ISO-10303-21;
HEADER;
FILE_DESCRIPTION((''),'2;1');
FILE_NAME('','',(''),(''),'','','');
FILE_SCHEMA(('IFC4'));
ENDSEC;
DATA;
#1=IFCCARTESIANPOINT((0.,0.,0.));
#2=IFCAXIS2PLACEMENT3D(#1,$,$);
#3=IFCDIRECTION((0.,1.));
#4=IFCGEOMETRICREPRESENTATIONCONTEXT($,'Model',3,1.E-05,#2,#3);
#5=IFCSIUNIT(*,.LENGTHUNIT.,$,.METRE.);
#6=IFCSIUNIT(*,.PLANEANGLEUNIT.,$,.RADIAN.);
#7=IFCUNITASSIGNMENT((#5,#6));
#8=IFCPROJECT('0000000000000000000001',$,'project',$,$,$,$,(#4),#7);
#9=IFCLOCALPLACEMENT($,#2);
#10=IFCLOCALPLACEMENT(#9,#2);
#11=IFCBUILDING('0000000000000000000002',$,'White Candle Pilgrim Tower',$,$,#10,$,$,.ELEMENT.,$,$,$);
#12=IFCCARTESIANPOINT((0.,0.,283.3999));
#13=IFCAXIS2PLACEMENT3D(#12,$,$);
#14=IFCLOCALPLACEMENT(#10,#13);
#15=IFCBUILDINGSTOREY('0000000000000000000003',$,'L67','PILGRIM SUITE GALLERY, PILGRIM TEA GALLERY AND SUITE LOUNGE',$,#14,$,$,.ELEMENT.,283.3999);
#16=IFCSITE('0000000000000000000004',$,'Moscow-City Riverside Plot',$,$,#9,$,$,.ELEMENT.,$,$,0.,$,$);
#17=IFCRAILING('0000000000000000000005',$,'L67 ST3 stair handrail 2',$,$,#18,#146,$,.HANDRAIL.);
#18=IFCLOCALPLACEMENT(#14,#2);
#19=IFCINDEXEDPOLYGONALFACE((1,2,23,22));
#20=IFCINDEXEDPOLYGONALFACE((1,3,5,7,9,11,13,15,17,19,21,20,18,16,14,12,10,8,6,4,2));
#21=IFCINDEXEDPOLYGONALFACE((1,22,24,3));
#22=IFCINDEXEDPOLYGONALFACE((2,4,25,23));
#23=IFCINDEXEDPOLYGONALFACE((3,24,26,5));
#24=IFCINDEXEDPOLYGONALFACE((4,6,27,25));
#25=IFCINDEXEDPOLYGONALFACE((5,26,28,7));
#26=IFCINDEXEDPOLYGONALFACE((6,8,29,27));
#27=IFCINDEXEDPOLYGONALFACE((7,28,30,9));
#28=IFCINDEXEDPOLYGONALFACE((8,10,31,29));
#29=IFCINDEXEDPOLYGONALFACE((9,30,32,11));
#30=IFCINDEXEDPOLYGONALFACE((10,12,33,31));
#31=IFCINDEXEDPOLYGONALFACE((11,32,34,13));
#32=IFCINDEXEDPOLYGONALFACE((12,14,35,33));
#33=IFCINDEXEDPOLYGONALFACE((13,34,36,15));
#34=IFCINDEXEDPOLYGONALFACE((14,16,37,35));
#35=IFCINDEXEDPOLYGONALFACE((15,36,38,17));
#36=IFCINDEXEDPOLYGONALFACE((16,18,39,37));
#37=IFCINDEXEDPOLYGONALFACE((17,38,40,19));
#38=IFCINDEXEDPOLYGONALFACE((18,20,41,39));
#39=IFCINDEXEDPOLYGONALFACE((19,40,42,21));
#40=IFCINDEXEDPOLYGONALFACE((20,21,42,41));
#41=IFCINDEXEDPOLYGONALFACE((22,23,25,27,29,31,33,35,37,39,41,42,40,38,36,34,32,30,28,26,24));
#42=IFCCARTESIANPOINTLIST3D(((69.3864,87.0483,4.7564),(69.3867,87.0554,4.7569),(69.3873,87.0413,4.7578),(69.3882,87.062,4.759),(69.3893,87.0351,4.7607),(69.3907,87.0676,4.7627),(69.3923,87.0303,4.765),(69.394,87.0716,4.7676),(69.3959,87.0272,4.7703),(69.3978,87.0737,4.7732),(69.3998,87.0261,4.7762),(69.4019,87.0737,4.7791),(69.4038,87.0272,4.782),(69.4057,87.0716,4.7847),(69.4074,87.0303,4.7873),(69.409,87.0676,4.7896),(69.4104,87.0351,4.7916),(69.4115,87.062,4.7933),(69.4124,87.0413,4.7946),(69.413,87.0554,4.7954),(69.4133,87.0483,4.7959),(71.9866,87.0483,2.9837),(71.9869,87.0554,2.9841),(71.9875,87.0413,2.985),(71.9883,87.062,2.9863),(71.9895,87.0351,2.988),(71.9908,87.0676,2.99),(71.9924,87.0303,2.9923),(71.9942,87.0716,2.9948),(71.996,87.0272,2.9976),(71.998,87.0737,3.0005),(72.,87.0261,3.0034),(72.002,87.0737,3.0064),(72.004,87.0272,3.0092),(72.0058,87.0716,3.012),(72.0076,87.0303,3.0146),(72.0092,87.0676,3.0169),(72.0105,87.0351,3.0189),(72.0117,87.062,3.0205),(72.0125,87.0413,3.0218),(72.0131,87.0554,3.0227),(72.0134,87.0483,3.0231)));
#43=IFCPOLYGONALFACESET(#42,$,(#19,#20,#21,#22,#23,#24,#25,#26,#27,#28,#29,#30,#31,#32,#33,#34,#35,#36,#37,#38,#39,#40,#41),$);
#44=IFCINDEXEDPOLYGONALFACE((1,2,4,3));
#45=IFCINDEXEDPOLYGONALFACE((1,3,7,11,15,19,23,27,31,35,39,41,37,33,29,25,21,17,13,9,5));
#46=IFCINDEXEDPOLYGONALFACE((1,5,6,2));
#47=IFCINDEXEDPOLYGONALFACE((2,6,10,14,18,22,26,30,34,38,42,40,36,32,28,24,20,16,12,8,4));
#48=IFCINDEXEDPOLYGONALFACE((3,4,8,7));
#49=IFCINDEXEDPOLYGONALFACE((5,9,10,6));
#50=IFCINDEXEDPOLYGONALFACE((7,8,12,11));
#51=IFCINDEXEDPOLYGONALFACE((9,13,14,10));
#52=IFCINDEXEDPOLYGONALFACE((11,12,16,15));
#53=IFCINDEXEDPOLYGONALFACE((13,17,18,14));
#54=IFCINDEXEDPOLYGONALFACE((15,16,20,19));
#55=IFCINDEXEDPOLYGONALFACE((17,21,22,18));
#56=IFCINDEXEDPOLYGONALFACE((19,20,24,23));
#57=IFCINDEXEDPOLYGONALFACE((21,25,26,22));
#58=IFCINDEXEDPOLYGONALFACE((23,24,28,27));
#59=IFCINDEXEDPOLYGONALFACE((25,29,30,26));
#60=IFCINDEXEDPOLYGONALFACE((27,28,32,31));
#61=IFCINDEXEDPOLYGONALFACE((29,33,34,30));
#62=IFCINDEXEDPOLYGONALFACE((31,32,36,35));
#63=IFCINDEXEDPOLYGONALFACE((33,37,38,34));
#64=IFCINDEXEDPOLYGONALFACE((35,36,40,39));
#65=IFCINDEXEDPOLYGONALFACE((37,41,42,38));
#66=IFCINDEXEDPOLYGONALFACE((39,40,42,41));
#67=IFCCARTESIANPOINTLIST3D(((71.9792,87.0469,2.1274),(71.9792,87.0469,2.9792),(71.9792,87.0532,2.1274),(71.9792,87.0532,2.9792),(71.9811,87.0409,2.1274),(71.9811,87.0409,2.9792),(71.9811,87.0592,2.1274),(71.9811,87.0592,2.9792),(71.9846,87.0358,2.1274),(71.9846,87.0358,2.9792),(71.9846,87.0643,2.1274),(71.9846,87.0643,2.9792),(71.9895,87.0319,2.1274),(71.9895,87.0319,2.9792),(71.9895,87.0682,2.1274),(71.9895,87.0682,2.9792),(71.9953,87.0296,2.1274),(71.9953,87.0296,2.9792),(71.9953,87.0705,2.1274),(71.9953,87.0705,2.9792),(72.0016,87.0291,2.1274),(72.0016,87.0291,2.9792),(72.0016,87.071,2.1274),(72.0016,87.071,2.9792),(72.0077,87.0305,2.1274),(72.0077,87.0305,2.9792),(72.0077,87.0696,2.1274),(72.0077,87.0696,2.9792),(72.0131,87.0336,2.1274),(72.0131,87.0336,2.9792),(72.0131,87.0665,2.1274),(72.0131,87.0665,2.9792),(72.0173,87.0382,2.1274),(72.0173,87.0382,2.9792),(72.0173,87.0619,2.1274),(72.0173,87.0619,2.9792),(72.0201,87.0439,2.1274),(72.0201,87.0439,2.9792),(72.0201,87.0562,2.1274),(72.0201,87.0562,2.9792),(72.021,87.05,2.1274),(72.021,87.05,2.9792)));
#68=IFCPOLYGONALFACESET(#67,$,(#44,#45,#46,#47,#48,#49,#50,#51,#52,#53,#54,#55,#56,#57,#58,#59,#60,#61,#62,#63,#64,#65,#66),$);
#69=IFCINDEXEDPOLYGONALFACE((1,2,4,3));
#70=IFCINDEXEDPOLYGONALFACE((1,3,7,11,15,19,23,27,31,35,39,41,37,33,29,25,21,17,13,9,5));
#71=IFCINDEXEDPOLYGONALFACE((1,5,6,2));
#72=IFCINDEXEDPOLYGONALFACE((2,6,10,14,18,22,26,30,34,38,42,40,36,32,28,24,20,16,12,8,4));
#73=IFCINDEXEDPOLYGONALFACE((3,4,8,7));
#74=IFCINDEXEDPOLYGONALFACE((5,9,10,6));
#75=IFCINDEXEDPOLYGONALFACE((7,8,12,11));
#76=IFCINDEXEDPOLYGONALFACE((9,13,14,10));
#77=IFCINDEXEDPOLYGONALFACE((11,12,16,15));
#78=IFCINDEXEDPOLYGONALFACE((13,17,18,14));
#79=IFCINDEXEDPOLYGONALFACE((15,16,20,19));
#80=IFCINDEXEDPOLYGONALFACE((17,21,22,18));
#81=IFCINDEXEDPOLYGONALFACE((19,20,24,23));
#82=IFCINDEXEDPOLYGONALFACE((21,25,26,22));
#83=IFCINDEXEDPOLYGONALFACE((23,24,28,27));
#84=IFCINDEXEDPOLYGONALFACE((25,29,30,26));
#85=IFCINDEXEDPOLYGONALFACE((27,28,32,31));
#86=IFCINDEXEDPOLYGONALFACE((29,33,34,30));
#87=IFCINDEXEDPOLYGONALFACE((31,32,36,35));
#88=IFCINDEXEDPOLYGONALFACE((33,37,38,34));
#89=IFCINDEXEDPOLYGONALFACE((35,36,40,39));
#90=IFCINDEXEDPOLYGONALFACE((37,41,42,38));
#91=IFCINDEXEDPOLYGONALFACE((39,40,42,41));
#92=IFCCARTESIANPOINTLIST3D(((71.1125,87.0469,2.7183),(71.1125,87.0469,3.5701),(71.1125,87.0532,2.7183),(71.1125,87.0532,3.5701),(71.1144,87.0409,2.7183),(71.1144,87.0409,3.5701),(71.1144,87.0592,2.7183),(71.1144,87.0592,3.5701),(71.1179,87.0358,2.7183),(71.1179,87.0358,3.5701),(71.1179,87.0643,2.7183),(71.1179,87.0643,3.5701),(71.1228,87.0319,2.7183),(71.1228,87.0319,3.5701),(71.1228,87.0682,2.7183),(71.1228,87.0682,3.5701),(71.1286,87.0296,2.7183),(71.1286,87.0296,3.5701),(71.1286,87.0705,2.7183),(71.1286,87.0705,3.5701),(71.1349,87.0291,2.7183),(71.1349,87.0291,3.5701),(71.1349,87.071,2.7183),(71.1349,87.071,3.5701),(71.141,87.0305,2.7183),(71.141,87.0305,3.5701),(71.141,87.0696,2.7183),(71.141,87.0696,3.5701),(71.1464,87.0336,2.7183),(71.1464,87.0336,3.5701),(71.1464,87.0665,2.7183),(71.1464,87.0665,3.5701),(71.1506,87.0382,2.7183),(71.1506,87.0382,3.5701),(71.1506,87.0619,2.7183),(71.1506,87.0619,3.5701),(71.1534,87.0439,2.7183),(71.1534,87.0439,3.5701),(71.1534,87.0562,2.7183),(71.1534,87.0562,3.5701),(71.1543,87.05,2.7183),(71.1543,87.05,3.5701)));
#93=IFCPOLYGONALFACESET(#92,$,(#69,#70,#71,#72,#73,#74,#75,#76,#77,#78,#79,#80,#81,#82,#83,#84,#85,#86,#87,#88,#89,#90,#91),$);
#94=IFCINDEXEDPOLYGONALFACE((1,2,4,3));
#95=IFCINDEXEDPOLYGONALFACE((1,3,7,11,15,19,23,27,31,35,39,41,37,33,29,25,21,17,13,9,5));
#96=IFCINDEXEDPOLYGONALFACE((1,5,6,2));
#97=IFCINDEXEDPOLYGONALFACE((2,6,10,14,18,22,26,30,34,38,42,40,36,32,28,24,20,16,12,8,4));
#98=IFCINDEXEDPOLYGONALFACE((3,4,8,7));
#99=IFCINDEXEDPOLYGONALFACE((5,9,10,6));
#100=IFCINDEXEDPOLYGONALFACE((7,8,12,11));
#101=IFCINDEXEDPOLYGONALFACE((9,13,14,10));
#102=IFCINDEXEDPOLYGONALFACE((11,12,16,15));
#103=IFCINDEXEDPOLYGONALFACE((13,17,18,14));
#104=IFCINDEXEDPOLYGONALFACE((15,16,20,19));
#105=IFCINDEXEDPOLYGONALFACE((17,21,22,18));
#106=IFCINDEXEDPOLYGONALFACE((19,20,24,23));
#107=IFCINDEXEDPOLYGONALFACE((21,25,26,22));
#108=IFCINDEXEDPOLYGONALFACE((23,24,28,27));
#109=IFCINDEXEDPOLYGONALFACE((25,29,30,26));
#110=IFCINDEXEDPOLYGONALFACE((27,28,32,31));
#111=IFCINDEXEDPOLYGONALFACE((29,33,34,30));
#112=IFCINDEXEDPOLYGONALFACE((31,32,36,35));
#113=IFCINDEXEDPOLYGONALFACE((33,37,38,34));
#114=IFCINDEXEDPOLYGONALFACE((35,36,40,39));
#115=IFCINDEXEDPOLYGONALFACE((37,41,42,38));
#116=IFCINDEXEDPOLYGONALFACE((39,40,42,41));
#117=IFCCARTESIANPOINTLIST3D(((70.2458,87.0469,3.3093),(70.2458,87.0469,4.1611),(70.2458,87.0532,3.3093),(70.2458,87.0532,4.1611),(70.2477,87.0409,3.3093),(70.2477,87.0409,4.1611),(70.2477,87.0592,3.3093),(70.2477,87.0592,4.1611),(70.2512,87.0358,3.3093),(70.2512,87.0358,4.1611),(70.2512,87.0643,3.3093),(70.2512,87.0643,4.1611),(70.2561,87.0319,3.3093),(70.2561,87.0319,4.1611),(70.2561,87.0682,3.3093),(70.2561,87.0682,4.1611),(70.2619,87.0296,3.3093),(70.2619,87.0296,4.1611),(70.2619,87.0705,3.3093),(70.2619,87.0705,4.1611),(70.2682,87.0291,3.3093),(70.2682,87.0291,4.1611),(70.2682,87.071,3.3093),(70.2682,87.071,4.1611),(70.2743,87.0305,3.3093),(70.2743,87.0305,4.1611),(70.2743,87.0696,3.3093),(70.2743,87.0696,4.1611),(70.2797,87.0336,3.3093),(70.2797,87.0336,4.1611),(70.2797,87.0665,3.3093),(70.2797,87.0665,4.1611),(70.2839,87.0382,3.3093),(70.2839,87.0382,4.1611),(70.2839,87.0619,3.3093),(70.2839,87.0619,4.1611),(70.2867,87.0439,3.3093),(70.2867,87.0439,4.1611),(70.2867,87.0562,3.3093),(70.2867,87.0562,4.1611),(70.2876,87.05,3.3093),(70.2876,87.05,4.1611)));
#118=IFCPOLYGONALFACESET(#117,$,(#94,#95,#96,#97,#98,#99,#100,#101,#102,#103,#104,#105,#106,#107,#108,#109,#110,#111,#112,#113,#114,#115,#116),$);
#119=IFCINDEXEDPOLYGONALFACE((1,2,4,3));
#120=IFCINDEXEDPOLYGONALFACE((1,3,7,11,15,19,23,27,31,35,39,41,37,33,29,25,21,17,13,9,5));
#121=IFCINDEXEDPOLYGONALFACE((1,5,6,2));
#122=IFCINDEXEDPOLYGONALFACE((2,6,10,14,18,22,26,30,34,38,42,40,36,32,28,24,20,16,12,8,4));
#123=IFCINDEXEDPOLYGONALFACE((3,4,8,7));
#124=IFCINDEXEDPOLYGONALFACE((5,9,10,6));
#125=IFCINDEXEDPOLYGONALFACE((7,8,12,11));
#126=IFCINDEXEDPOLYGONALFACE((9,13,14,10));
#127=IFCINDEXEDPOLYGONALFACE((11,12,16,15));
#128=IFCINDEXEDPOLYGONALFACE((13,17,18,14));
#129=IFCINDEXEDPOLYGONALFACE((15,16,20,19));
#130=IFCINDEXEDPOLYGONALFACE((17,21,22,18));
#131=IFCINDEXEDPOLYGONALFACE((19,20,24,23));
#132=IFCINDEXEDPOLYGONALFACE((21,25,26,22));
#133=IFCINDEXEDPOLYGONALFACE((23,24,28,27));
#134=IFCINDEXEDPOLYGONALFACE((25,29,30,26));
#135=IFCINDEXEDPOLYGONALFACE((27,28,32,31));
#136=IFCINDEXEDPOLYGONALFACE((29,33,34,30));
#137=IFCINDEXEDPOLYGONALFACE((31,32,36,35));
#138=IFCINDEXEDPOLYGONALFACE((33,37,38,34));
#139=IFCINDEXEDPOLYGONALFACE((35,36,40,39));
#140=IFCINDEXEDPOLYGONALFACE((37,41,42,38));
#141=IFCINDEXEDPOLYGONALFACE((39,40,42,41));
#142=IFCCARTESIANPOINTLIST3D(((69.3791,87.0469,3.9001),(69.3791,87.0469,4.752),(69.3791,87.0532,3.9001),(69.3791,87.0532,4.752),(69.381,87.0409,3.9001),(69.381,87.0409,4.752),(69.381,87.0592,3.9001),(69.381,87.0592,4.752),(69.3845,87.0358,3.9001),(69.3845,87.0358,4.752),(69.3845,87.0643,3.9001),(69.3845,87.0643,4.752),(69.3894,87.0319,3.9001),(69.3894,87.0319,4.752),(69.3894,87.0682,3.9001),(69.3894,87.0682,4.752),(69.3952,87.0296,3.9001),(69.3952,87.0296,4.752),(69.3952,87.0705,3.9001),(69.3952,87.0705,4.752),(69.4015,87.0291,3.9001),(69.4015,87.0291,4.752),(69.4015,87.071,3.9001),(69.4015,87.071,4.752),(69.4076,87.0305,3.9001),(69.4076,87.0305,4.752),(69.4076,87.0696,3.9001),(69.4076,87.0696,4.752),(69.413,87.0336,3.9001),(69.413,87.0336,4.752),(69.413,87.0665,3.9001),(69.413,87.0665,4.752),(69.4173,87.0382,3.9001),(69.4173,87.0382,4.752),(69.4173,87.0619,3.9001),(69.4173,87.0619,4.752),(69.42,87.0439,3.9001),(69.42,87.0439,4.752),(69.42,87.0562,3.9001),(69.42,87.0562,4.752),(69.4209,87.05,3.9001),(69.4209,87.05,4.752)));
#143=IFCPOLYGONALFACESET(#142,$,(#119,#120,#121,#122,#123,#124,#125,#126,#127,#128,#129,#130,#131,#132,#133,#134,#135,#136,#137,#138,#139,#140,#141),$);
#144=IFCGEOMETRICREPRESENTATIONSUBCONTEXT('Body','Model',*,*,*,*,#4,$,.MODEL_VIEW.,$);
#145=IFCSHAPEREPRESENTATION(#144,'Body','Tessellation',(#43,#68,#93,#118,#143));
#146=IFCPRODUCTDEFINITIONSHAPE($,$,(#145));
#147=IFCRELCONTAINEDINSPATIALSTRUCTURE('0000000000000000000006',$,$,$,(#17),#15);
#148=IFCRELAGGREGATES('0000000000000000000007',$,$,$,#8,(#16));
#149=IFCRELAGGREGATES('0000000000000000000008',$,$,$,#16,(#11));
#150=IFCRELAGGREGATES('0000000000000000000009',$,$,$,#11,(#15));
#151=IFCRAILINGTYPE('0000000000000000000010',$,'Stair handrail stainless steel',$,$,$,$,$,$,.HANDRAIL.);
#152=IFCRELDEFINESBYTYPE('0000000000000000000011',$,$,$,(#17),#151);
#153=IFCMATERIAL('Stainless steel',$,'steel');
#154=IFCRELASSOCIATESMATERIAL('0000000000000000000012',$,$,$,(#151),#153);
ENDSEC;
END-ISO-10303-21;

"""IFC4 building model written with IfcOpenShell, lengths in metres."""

from ifc_helpers import new_model, si_unit, direction, frame, origin, origin_2d, place, context, subcontext, project, spatial, circle, extrude, material, type_object, element, save


model = new_model("IFC4")

# Units and contexts
model_context = context("Model", 3, precision=1e-05, world=origin(), true_north=direction((0.0, 1.0)))
body_context = subcontext(model_context, "Body", "Model", "MODEL_VIEW")
ifc_project = project(units=[si_unit("LENGTHUNIT", "METRE"), si_unit("PLANEANGLEUNIT", "RADIAN")], contexts=[model_context])

# Site, building, storey
site_placement = place(None, origin())
site = spatial("IfcSite", under=ifc_project, at=site_placement, Name="Moscow-City Riverside Plot", CompositionType="ELEMENT", RefElevation=0.0)
building_placement = place(site_placement, origin())
building = spatial("IfcBuilding", under=site, at=building_placement, Name="White Candle Pilgrim Tower", CompositionType="ELEMENT")
storey_placement = place(building_placement, frame((0.0, 0.0, 283.3999)))
storey = spatial("IfcBuildingStorey", under=building, at=storey_placement, Name="L67", Description="PILGRIM SUITE GALLERY, PILGRIM TEA GALLERY AND SUITE LOUNGE", CompositionType="ELEMENT", Elevation=283.3999)

# Railing
ifc_material_1 = material(Name="Stainless steel", Category="steel")
railing_type_1 = type_object("IfcRailingType", Name="Stair handrail stainless steel", PredefinedType="HANDRAIL", material=ifc_material_1)
railing_1_placement = place(storey_placement, frame((72.0, 87.05, 2.1274)))
element("IfcRailing", 1, at=railing_1_placement, inside=storey, type_object=railing_type_1, Name="L67 ST3 stair handrail 2", PredefinedType="HANDRAIL", context=body_context, shape_type="SweptSolid", body=[
    extrude(circle(Radius=0.0239, at=origin_2d()), frame((0.0, 0.0, 0.876), z_axis=(-0.82624, 0.0, 0.563318), x_axis=(0.0, -1.0, 0.0)), (0.0, 0.0, 1.0), 3.147),
    extrude(circle(Radius=0.021, at=origin_2d()), origin(), (0.0, 0.0, 1.0), 0.8518),
    extrude(circle(Radius=0.021, at=origin_2d()), frame((-0.8667, 0.0, 0.5908)), (0.0, 0.0, 1.0), 0.8518),
    extrude(circle(Radius=0.021, at=origin_2d()), frame((-1.7334, 0.0, 1.1819)), (0.0, 0.0, 1.0), 0.8518),
    extrude(circle(Radius=0.021, at=origin_2d()), frame((-2.6001, 0.0, 1.7727)), (0.0, 0.0, 1.0), 0.8518),
])

save(model, "model.ifc")
